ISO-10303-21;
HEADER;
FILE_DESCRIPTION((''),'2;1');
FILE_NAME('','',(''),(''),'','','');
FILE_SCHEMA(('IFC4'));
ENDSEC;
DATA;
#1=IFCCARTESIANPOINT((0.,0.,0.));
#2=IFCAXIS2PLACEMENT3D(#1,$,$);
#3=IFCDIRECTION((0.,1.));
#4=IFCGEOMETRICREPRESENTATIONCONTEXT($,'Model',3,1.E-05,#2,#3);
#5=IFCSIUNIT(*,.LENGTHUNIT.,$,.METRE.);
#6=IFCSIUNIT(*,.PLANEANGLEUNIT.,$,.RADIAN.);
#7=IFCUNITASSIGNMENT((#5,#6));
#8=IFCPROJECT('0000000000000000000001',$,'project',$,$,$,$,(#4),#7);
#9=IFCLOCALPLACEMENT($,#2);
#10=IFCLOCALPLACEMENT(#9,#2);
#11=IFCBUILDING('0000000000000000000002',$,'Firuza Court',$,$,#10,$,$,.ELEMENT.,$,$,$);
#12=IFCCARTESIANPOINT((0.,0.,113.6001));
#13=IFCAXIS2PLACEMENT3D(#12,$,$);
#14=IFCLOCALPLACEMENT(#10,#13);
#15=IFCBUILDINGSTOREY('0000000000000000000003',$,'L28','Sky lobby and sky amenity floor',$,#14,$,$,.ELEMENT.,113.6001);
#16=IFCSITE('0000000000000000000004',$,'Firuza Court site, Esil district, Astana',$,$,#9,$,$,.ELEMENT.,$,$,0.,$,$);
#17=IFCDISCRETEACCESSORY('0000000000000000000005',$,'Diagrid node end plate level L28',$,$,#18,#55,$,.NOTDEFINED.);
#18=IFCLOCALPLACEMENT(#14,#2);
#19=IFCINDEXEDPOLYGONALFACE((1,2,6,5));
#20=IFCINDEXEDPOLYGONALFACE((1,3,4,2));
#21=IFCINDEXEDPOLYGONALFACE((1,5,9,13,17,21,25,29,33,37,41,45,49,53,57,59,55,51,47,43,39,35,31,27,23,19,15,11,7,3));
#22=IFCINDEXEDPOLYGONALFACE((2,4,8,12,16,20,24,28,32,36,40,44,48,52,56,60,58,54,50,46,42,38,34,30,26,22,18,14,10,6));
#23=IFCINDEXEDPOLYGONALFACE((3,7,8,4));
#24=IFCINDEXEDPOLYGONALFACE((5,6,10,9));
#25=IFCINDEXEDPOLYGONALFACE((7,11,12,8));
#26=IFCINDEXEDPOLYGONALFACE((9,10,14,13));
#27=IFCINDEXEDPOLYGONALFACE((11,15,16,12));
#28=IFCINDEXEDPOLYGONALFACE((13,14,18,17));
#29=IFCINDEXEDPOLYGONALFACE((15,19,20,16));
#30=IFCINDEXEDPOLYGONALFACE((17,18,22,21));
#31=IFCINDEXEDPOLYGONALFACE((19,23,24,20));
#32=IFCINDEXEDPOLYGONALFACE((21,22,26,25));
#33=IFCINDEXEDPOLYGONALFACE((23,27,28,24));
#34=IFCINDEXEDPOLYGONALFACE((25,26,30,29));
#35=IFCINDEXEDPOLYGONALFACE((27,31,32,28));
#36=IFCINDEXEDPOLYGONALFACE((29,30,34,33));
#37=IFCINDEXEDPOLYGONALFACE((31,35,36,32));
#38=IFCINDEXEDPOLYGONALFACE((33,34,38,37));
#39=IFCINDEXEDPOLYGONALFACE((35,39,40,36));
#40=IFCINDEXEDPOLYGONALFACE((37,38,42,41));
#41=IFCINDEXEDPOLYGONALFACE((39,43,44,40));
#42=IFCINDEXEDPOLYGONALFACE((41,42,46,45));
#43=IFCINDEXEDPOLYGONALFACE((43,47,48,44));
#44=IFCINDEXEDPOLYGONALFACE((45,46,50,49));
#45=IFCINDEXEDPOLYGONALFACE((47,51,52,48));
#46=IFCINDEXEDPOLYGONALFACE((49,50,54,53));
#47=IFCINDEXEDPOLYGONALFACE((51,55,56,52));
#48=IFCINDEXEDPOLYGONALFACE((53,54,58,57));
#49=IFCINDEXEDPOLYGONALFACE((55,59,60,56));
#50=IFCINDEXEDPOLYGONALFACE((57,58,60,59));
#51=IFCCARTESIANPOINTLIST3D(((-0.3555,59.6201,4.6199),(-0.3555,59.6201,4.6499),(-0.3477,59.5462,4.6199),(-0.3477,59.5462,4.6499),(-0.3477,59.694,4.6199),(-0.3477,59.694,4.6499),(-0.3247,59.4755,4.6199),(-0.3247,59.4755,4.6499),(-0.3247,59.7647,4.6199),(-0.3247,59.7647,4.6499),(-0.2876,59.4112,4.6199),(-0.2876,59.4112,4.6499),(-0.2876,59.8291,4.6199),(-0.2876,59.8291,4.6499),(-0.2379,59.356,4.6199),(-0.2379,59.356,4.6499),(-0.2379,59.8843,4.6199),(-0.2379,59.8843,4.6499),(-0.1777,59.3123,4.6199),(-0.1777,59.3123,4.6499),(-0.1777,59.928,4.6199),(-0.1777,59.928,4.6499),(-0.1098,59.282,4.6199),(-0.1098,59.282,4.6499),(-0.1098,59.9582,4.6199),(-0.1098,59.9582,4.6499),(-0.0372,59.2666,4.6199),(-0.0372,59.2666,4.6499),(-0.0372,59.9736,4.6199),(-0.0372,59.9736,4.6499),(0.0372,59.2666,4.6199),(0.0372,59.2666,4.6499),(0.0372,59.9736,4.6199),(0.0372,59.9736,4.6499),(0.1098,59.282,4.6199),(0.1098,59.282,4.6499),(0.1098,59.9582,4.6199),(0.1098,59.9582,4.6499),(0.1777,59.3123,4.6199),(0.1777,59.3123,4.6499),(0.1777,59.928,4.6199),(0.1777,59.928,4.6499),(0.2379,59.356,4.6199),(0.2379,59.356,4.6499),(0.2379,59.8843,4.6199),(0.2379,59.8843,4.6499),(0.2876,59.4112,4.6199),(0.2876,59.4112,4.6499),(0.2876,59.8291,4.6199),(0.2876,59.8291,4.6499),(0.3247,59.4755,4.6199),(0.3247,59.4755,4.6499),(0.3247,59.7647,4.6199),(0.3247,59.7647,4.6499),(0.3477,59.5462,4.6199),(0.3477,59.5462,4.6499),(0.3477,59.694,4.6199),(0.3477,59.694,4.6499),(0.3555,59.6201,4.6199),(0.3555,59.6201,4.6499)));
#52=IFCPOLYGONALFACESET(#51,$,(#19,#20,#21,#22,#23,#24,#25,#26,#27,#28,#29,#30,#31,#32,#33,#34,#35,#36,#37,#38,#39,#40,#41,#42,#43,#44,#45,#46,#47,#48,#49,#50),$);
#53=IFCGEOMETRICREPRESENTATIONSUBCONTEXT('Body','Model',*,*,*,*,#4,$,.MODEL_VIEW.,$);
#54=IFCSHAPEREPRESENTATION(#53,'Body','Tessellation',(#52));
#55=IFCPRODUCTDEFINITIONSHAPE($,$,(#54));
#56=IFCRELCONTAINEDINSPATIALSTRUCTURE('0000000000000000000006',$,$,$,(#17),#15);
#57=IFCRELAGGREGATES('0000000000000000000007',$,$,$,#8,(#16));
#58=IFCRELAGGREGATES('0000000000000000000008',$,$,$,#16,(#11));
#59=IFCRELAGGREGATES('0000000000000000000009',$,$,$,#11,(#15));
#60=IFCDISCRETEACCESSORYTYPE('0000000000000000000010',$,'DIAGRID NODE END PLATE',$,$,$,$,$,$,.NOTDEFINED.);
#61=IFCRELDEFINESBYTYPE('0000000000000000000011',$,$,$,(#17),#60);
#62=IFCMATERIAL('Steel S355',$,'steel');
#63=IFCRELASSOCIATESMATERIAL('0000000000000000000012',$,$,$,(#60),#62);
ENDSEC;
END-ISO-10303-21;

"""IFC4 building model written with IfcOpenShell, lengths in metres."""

from ifc_helpers import new_model, si_unit, direction, frame, origin, origin_2d, place, context, subcontext, project, spatial, circle, extrude, material, material_profile, profile_set, type_object, element, save


model = new_model("IFC4")

# Units and contexts
model_context = context("Model", 3, precision=1e-05, world=origin(), true_north=direction((0.0, 1.0)))
body_context = subcontext(model_context, "Body", "Model", "MODEL_VIEW")
ifc_project = project(units=[si_unit("LENGTHUNIT", "METRE"), si_unit("PLANEANGLEUNIT", "RADIAN")], contexts=[model_context])

# Site, building, storey
site_placement = place(None, origin())
site = spatial("IfcSite", under=ifc_project, at=site_placement, Name="Firuza Court site, Esil district, Astana", CompositionType="ELEMENT", RefElevation=0.0)
building_placement = place(site_placement, origin())
building = spatial("IfcBuilding", under=site, at=building_placement, Name="Firuza Court", CompositionType="ELEMENT")
storey_placement = place(building_placement, frame((0.0, 0.0, 113.6001)))
storey = spatial("IfcBuildingStorey", under=building, at=storey_placement, Name="L28", Description="Sky lobby and sky amenity floor", CompositionType="ELEMENT", Elevation=113.6001)

# Discrete accessory
ifc_material_1 = material(Name="Steel S355", Category="steel")
ifc_material_profile_1 = material_profile(ifc_material_1, circle(Radius=0.3555, at=origin_2d()), Name="PL D711")
ifc_profile_set_1 = profile_set([ifc_material_profile_1], Name="Steel S355")
discrete_accessory_type = type_object("IfcDiscreteAccessoryType", Name="DIAGRID NODE END PLATE", PredefinedType="NOTDEFINED", material=ifc_profile_set_1)
discrete_accessory_1_placement = place(storey_placement, frame((0.0, 59.6201, 4.6199), z_axis=(0.0, 0.0, 1.0), x_axis=(1.0, 0.0, 0.0)))
element("IfcDiscreteAccessory", 1, at=discrete_accessory_1_placement, inside=storey, type_object=discrete_accessory_type, Name="Diagrid node end plate level L28", PredefinedType="NOTDEFINED", context=body_context, shape_type="SweptSolid", body=[
    extrude(circle(Radius=0.3555, at=origin_2d()), origin(), (0.0, 0.0, 1.0), 0.03),
])

save(model, "model.ifc")
